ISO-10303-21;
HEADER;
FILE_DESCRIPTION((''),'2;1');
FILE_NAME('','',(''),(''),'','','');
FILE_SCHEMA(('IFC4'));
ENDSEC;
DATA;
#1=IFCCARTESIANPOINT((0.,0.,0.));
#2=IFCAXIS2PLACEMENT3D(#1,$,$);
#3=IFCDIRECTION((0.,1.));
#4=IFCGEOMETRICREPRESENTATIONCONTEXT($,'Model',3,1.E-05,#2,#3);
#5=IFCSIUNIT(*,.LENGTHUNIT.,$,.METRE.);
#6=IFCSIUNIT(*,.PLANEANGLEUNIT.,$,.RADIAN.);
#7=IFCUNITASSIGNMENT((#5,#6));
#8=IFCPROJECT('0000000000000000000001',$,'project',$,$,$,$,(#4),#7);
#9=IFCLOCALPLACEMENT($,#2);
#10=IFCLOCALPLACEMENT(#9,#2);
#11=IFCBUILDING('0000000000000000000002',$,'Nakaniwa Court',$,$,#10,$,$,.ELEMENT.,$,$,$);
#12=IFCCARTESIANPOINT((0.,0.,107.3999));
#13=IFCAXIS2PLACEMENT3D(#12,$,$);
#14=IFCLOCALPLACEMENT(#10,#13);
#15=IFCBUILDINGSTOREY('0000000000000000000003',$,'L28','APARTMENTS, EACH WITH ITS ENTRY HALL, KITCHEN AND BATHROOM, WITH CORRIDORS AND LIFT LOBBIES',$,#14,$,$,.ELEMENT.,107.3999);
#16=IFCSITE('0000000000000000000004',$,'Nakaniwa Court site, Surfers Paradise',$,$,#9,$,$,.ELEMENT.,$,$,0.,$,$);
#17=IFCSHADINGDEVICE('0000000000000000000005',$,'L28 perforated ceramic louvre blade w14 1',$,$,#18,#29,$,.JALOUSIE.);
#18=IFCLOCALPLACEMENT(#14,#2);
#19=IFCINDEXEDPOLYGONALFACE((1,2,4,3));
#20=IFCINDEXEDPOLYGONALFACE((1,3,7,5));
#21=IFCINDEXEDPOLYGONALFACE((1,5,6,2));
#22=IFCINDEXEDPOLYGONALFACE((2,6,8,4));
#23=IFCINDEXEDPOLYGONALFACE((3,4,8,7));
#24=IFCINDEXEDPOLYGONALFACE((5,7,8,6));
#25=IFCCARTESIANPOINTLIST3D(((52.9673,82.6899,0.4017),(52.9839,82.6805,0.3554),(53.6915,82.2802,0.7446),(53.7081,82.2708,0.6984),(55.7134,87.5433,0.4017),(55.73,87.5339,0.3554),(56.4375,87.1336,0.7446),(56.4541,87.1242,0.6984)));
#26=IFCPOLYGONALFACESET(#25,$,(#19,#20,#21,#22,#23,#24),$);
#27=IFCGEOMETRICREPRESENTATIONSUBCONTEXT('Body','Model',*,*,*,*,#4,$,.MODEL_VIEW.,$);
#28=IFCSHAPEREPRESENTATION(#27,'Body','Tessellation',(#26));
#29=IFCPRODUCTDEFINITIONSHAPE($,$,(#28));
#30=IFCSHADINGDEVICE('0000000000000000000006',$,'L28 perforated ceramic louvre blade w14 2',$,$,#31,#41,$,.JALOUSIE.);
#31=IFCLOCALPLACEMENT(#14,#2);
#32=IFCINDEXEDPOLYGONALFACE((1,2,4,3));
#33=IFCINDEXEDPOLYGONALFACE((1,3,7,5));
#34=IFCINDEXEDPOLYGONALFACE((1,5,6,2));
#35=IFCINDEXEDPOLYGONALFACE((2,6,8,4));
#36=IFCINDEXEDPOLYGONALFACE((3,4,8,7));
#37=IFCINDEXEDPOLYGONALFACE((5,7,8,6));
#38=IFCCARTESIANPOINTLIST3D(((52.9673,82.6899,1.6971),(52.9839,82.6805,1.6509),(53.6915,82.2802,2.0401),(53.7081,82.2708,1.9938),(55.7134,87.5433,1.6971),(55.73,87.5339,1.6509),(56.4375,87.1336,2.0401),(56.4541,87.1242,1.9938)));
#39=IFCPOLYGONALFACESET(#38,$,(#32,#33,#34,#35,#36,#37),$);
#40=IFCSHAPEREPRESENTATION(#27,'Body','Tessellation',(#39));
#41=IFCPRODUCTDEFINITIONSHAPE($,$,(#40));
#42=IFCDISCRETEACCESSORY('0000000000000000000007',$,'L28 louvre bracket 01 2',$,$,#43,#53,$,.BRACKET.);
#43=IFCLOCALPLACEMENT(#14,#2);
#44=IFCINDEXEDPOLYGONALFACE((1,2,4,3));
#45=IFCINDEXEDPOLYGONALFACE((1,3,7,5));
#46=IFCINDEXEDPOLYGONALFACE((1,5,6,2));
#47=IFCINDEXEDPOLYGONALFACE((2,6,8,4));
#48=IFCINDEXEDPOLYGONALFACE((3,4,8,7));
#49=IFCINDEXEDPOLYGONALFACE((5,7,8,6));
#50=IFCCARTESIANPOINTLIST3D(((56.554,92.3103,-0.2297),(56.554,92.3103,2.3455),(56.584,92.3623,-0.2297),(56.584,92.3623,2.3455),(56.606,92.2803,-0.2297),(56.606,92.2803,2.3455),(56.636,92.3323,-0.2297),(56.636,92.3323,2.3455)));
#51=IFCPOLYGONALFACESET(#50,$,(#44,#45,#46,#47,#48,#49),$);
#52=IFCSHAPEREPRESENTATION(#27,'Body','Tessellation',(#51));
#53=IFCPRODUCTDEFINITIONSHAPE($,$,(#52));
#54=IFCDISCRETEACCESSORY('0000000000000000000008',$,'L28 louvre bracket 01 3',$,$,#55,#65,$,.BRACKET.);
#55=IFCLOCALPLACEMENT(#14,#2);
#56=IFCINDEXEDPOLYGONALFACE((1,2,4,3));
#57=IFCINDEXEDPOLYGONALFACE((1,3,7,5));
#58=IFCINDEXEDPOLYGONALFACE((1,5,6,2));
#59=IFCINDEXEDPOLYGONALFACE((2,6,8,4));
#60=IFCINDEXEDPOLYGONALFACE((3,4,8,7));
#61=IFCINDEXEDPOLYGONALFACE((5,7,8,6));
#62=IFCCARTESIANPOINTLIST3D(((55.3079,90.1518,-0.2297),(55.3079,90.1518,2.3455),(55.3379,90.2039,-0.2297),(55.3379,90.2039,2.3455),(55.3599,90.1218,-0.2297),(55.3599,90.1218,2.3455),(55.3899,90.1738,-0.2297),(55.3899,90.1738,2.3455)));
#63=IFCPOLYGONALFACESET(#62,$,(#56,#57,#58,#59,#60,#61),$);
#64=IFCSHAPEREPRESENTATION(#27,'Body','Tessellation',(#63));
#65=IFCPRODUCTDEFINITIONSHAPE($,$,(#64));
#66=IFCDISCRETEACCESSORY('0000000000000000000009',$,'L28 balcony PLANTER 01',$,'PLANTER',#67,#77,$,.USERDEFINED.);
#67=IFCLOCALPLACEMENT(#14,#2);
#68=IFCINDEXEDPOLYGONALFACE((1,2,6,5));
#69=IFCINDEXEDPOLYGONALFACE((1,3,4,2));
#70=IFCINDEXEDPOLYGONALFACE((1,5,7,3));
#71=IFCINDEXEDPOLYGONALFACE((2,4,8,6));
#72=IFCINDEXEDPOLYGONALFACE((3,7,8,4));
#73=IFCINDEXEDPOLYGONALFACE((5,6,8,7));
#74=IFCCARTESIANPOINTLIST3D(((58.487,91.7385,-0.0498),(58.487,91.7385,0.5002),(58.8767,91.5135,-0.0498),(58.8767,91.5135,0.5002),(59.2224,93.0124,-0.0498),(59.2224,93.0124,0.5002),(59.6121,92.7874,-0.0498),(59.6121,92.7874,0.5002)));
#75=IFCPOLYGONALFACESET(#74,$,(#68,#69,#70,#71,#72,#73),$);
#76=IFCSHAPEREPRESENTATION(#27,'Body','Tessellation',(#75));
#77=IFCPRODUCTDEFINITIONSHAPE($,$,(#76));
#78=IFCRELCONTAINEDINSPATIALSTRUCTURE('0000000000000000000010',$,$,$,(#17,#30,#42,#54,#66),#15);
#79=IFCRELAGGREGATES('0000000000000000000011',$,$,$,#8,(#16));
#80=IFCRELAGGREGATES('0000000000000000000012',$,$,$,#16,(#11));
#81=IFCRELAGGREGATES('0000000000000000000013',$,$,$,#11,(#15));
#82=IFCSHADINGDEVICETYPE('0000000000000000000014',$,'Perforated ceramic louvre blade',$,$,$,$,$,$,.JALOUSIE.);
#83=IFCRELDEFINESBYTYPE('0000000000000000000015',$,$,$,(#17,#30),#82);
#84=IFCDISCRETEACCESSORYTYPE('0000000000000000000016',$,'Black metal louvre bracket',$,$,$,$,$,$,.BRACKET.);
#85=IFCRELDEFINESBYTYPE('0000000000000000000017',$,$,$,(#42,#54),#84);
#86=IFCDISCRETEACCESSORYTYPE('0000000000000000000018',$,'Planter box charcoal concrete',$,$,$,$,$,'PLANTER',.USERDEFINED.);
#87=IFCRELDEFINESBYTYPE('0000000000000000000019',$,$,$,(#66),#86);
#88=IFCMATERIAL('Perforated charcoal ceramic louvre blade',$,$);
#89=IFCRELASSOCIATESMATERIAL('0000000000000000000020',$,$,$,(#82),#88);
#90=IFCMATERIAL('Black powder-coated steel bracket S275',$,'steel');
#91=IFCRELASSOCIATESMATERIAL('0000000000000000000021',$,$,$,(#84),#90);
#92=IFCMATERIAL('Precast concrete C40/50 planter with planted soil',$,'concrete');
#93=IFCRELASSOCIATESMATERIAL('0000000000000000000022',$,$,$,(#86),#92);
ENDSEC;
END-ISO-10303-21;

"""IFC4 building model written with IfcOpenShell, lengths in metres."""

from ifc_helpers import new_model, si_unit, direction, frame, origin, origin_2d, place, context, subcontext, project, spatial, rectangle, extrude, material, material_profile, profile_set, type_object, element, save


model = new_model("IFC4")

# Units and contexts
model_context = context("Model", 3, precision=1e-05, world=origin(), true_north=direction((0.0, 1.0)))
body_context = subcontext(model_context, "Body", "Model", "MODEL_VIEW")
ifc_project = project(units=[si_unit("LENGTHUNIT", "METRE"), si_unit("PLANEANGLEUNIT", "RADIAN")], contexts=[model_context])

# Site, building, storey
site_placement = place(None, origin())
site = spatial("IfcSite", under=ifc_project, at=site_placement, Name="Nakaniwa Court site, Surfers Paradise", CompositionType="ELEMENT", RefElevation=0.0)
building_placement = place(site_placement, origin())
building = spatial("IfcBuilding", under=site, at=building_placement, Name="Nakaniwa Court", CompositionType="ELEMENT")
storey_placement = place(building_placement, frame((0.0, 0.0, 107.3999)))
storey = spatial("IfcBuildingStorey", under=building, at=storey_placement, Name="L28", Description="APARTMENTS, EACH WITH ITS ENTRY HALL, KITCHEN AND BATHROOM, WITH CORRIDORS AND LIFT LOBBIES", CompositionType="ELEMENT", Elevation=107.3999)

# Shading devices
ifc_material_1 = material(Name="Perforated charcoal ceramic louvre blade")
ifc_material_profile_1 = material_profile(ifc_material_1, rectangle(XDim=0.8999, YDim=0.05, at=origin_2d()), Name="Perforated ceramic louvre blade")
ifc_profile_set_1 = profile_set([ifc_material_profile_1], Name="Perforated charcoal ceramic louvre blade")
shading_device_type = type_object("IfcShadingDeviceType", Name="Perforated ceramic louvre blade", PredefinedType="JALOUSIE", material=ifc_profile_set_1)
for number, where, z_axis, x_axis, name in (
    (1, (56.0837, 87.3337, 0.55), (-0.492438, -0.870347, 0.0), (0.804676, -0.455282, 0.38107), "L28 perforated ceramic louvre blade w14 1"),
    (2, (56.0837, 87.3337, 1.8455), (-0.492438, -0.870347, 0.0), (0.804676, -0.455282, 0.38107), "L28 perforated ceramic louvre blade w14 2"),
):
    element("IfcShadingDevice", number, at=place(storey_placement, frame(where, z_axis=z_axis, x_axis=x_axis)), inside=storey, type_object=shading_device_type, Name=name, PredefinedType="JALOUSIE", context=body_context, shape_type="SweptSolid", body=[
        extrude(rectangle(XDim=0.8999, YDim=0.05, at=origin_2d()), origin(), (0.0, 0.0, 1.0), 5.5764),
    ])

# Discrete accessories
ifc_material_2 = material(Name="Black powder-coated steel bracket S275", Category="steel")
discrete_accessory_type_1 = type_object("IfcDiscreteAccessoryType", Name="Black metal louvre bracket", PredefinedType="BRACKET", material=ifc_material_2)
for number, where, z_axis, x_axis, name in (
    (3, (56.595, 92.3213, -0.2297), (0.0, 0.0, 1.0), (-0.499974, -0.86604, 0.0), "L28 louvre bracket 01 2"),
    (4, (55.3489, 90.1628, -0.2297), (0.0, 0.0, 1.0), (-0.499974, -0.86604, 0.0), "L28 louvre bracket 01 3"),
):
    element("IfcDiscreteAccessory", number, at=place(storey_placement, frame(where, z_axis=z_axis, x_axis=x_axis)), inside=storey, type_object=discrete_accessory_type_1, Name=name, PredefinedType="BRACKET", context=body_context, shape_type="SweptSolid", body=[
        extrude(rectangle(XDim=0.0601, YDim=0.0601, at=origin_2d()), origin(), (0.0, 0.0, 1.0), 2.5752),
    ])
ifc_material_3 = material(Name="Precast concrete C40/50 planter with planted soil", Category="concrete")
discrete_accessory_type_2 = type_object("IfcDiscreteAccessoryType", Name="Planter box charcoal concrete", ElementType="PLANTER", PredefinedType="USERDEFINED", material=ifc_material_3)
discrete_accessory_placement = place(storey_placement, frame((59.0496, 92.2629, -0.0498), z_axis=(0.0, 0.0, 1.0), x_axis=(-0.499974, -0.86604, 0.0)))
element("IfcDiscreteAccessory", 5, at=discrete_accessory_placement, inside=storey, type_object=discrete_accessory_type_2, Name="L28 balcony PLANTER 01", ObjectType="PLANTER", PredefinedType="USERDEFINED", context=body_context, shape_type="SweptSolid", body=[
    extrude(rectangle(XDim=1.4709, YDim=0.45, at=origin_2d()), origin(), (0.0, 0.0, 1.0), 0.55),
])

save(model, "model.ifc")
